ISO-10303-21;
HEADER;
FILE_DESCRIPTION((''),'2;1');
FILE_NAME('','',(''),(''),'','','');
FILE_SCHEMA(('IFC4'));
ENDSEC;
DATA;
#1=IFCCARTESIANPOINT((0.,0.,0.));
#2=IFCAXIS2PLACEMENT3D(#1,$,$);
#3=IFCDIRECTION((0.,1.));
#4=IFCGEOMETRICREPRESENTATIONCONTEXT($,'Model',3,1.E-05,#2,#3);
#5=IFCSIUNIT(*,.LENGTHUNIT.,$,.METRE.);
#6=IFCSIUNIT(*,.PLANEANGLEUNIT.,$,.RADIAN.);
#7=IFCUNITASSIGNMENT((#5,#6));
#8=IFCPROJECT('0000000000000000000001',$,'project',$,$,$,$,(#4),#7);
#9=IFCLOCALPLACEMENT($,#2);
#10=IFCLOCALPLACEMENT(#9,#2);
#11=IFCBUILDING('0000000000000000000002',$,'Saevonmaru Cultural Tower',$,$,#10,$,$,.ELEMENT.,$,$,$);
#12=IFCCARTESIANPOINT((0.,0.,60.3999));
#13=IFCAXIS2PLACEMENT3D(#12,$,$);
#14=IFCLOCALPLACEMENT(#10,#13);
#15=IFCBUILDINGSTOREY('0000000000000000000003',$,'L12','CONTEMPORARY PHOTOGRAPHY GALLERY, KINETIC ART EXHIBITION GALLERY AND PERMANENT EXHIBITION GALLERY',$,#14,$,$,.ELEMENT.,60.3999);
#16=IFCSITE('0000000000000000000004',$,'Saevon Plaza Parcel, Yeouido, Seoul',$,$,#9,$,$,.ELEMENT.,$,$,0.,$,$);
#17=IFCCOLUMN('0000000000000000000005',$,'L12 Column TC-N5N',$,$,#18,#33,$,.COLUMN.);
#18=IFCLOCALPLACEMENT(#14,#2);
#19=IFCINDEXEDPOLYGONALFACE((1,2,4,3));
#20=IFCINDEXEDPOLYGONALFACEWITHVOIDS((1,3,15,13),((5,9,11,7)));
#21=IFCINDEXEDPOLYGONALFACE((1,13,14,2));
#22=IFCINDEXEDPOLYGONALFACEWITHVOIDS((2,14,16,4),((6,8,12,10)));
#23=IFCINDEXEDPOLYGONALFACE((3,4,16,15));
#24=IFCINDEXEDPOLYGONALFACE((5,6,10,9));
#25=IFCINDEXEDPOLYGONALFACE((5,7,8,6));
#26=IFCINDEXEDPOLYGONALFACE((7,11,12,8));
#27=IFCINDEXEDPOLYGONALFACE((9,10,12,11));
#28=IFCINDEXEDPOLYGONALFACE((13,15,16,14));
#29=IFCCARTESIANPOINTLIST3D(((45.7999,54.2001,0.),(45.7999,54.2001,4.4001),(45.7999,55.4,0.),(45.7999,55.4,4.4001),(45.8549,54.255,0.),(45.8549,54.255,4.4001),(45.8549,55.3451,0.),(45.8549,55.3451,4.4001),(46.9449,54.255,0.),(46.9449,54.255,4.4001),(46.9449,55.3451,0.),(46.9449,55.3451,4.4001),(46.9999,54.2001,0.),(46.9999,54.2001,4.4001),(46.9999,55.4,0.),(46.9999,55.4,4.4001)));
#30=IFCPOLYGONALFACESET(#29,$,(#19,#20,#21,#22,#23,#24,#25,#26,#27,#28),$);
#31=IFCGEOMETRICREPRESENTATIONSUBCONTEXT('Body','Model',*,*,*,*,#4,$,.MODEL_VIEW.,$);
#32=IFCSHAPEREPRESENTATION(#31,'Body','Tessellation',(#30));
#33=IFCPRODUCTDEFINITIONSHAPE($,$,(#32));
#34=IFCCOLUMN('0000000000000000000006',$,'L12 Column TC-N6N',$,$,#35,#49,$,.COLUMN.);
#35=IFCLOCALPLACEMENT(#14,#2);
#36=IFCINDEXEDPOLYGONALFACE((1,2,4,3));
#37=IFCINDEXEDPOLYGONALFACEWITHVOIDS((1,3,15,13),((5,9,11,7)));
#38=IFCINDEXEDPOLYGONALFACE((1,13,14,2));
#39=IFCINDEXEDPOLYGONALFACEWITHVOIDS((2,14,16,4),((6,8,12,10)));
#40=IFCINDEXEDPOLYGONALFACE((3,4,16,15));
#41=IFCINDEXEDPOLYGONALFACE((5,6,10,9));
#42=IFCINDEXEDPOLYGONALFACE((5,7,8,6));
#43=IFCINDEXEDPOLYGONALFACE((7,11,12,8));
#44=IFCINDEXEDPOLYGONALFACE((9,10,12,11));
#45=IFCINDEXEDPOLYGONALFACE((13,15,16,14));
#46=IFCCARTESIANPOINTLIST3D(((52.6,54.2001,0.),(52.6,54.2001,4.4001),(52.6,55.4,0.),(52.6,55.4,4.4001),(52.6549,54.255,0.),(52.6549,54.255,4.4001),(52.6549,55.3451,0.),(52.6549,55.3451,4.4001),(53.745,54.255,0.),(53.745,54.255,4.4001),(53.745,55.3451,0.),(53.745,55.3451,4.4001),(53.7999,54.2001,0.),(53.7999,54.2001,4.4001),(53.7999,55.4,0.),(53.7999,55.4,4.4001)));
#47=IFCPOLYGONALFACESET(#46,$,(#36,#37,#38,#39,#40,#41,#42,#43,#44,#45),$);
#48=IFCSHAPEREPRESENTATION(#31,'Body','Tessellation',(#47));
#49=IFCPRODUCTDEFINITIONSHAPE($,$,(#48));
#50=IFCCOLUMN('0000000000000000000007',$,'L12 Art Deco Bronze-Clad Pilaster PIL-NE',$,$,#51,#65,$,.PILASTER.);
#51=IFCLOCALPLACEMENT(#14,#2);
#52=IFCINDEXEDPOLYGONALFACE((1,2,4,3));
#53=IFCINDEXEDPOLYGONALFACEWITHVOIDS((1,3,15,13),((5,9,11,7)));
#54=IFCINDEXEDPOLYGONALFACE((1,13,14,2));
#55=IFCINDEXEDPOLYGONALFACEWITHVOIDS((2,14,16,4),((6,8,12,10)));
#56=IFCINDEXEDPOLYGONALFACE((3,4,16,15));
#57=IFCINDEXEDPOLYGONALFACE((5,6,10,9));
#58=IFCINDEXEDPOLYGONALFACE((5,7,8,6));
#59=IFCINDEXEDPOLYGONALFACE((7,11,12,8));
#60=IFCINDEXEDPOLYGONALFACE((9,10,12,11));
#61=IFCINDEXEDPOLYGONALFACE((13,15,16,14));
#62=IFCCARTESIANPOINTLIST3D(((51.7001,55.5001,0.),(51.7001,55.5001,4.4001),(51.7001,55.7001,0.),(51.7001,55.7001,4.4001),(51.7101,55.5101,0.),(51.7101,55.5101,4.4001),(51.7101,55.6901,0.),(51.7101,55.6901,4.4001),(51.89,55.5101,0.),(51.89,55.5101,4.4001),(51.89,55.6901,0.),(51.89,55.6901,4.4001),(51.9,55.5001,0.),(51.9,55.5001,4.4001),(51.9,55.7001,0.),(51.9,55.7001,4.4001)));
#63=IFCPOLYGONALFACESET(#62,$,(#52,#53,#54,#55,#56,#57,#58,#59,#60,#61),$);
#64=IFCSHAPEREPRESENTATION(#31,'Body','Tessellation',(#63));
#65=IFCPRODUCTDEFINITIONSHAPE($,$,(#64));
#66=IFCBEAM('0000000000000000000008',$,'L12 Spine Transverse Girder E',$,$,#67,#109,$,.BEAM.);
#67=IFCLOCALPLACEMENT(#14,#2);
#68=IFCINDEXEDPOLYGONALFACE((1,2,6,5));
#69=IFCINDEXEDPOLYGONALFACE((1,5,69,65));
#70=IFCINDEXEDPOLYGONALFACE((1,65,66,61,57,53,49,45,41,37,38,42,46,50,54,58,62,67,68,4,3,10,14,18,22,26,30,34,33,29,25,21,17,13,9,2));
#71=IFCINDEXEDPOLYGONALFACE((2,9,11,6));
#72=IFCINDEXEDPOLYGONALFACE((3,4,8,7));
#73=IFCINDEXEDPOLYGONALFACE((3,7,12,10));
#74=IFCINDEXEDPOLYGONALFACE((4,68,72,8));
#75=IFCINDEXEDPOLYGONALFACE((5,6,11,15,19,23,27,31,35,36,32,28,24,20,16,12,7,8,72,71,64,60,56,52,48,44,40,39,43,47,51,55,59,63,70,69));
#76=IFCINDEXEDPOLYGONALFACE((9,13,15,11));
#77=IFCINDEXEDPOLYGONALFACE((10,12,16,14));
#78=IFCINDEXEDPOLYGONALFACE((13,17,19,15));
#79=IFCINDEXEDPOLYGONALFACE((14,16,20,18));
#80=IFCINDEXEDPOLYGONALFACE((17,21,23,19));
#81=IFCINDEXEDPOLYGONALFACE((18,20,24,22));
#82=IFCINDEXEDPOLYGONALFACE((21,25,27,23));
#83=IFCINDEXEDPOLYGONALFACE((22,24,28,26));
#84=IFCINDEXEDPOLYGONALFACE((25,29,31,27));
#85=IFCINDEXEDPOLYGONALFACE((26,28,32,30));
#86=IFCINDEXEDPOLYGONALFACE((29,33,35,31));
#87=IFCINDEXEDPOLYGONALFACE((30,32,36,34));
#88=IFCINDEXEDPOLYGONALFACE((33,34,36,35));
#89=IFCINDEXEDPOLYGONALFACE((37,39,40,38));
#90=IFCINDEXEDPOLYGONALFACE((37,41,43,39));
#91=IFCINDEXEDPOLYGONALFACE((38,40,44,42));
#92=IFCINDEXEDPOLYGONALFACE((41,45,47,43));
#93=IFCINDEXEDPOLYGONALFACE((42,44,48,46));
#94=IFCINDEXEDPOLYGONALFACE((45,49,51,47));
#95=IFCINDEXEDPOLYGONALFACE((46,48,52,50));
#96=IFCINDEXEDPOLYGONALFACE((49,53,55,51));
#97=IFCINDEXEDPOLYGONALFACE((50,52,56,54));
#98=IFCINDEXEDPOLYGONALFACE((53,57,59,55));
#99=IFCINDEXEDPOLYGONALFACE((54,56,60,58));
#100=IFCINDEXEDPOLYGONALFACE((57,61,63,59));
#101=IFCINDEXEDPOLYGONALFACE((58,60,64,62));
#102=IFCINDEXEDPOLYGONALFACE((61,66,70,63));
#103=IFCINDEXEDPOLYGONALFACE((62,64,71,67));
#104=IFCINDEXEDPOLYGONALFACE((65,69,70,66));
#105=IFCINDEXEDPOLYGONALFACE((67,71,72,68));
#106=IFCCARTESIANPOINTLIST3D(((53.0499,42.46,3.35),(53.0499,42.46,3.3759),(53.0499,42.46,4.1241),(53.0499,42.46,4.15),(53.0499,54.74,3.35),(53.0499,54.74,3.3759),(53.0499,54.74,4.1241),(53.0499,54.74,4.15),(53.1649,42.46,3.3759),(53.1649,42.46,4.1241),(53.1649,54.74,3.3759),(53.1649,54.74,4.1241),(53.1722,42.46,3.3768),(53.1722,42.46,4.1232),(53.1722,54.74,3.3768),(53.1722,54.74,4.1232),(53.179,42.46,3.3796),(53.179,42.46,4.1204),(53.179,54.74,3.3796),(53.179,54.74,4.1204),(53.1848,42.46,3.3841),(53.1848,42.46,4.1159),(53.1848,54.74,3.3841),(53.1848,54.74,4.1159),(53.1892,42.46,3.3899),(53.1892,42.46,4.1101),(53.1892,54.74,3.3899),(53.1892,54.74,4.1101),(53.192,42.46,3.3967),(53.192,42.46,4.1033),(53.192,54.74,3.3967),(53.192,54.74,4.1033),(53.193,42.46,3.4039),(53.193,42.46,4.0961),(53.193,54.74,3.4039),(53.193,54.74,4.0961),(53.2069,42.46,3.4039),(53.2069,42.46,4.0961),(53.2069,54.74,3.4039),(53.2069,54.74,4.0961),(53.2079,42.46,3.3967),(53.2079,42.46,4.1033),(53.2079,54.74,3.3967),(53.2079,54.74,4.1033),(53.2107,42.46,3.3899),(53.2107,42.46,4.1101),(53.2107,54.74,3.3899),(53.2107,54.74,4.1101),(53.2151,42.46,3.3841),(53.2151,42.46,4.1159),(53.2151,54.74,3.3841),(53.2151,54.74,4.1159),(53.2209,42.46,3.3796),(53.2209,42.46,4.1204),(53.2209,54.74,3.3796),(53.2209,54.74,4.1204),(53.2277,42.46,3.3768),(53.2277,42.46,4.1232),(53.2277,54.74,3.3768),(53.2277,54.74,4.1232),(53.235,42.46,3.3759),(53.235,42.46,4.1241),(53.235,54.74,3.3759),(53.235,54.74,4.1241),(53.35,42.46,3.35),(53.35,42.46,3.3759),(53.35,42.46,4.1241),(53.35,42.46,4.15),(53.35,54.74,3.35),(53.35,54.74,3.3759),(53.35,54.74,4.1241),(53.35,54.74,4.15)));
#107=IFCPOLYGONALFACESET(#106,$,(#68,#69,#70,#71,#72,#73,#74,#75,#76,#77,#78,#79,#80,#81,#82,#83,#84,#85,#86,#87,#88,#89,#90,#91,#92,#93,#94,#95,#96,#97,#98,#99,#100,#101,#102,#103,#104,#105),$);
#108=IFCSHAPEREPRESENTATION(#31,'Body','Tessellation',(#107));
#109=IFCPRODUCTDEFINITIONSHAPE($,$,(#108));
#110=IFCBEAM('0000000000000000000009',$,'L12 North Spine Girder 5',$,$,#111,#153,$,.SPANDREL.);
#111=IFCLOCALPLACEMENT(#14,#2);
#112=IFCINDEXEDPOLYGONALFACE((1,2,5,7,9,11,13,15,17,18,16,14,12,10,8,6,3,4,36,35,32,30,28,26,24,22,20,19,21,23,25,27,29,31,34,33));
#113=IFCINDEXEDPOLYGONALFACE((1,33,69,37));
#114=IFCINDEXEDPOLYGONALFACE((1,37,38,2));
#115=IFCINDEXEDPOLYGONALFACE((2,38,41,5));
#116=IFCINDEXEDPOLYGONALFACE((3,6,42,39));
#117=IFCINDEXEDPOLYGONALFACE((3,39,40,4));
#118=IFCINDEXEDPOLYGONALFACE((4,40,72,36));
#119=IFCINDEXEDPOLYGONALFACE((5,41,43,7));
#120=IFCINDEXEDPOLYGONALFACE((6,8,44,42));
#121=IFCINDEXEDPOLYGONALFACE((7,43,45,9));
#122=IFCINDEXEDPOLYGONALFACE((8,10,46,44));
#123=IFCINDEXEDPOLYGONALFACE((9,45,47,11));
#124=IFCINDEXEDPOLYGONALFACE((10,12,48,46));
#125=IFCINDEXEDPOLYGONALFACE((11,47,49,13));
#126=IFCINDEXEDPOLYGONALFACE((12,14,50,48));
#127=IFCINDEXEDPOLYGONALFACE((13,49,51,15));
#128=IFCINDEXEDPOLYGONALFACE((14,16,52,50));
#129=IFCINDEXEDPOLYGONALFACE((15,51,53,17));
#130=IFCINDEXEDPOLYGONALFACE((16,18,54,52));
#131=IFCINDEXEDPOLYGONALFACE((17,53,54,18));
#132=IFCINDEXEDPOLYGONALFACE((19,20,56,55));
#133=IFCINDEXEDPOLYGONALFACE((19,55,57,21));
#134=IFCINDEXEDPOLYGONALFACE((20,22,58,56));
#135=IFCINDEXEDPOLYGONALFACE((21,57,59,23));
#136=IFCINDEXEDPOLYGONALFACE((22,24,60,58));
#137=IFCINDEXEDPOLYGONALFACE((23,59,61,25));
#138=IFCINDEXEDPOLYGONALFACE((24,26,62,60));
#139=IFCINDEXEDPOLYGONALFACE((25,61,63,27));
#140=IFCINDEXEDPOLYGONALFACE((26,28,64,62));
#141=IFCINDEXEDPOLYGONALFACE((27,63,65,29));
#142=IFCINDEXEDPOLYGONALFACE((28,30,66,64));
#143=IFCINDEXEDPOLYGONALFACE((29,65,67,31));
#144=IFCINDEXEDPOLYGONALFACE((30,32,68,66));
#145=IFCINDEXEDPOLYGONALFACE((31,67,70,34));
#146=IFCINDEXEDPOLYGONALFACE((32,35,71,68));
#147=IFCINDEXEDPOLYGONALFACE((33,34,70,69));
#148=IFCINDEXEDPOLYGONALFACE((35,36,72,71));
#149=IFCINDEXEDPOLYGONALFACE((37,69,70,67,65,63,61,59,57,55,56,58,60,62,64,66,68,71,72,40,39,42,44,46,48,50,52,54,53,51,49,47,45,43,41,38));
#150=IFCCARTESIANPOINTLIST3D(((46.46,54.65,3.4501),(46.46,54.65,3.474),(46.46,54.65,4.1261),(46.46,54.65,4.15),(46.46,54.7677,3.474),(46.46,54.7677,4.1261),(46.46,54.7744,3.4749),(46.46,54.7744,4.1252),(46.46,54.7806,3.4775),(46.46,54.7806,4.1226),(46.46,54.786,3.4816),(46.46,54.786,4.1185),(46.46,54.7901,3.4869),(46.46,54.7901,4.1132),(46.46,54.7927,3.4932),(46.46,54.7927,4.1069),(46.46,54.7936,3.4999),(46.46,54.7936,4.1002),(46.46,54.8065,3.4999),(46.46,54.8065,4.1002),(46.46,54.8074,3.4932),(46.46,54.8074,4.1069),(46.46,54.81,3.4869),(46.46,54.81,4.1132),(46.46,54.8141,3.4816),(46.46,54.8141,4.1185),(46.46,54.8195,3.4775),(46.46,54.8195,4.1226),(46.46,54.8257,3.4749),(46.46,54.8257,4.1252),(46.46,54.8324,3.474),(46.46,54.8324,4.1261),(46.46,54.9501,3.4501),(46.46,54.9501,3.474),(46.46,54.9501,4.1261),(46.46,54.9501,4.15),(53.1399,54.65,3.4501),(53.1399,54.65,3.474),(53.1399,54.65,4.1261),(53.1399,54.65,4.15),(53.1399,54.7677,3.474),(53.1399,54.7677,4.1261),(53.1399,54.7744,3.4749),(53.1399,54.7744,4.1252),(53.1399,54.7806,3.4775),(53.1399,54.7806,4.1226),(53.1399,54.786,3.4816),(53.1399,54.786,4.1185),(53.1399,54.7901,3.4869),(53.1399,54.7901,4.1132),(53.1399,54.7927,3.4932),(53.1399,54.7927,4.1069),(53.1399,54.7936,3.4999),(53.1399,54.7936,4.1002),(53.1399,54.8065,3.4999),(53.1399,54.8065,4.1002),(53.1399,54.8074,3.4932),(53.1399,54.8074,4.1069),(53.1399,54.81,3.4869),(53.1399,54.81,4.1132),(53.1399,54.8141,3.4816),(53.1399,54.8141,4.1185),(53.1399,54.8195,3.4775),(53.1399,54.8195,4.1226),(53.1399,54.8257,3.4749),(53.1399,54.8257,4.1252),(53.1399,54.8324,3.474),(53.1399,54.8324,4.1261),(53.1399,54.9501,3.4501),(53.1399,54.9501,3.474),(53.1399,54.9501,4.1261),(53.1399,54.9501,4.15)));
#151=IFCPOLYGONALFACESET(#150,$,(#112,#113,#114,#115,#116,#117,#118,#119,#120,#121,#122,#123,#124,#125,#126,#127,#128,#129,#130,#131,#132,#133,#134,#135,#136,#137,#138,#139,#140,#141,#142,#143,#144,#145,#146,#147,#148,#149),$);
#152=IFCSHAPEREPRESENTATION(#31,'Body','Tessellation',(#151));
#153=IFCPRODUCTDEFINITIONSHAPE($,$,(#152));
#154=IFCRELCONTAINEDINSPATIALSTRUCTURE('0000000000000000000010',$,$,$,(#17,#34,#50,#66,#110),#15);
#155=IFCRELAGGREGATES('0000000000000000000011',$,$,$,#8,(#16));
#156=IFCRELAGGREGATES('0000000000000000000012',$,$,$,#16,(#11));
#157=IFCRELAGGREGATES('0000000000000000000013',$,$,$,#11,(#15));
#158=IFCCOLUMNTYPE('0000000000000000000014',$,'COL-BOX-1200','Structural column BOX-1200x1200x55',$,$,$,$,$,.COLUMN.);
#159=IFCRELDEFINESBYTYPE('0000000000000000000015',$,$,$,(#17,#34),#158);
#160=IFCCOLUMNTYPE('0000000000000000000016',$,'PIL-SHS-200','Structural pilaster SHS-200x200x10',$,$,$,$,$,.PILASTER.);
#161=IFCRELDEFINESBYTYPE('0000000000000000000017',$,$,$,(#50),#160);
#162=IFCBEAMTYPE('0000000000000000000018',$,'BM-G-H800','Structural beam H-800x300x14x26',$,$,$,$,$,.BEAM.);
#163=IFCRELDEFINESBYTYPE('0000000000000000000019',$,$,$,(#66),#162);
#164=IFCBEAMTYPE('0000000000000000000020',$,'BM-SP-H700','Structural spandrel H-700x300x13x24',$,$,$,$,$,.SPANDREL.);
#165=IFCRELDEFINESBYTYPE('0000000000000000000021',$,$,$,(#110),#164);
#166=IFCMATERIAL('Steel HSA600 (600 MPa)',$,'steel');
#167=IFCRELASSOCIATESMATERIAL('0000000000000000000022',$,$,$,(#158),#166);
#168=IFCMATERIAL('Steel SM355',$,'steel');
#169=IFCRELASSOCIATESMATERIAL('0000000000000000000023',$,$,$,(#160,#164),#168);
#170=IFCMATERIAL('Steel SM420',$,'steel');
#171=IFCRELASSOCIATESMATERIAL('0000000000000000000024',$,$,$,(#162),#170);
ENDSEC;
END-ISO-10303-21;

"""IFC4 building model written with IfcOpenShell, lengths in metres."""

from ifc_helpers import new_model, si_unit, direction, frame, origin, origin_2d, place, context, subcontext, project, spatial, hollow_rectangle, i_section, extrude, material, material_profile, profile_set, type_object, element, save


model = new_model("IFC4")

# Units and contexts
model_context = context("Model", 3, precision=1e-05, world=origin(), true_north=direction((0.0, 1.0)))
body_context = subcontext(model_context, "Body", "Model", "MODEL_VIEW")
ifc_project = project(units=[si_unit("LENGTHUNIT", "METRE"), si_unit("PLANEANGLEUNIT", "RADIAN")], contexts=[model_context])

# Site, building, storey
site_placement = place(None, origin())
site = spatial("IfcSite", under=ifc_project, at=site_placement, Name="Saevon Plaza Parcel, Yeouido, Seoul", CompositionType="ELEMENT", RefElevation=0.0)
building_placement = place(site_placement, origin())
building = spatial("IfcBuilding", under=site, at=building_placement, Name="Saevonmaru Cultural Tower", CompositionType="ELEMENT")
storey_placement = place(building_placement, frame((0.0, 0.0, 60.3999)))
storey = spatial("IfcBuildingStorey", under=building, at=storey_placement, Name="L12", Description="CONTEMPORARY PHOTOGRAPHY GALLERY, KINETIC ART EXHIBITION GALLERY AND PERMANENT EXHIBITION GALLERY", CompositionType="ELEMENT", Elevation=60.3999)

# Columns
ifc_material_1 = material(Name="Steel HSA600 (600 MPa)", Category="steel")
ifc_material_profile_1 = material_profile(ifc_material_1, hollow_rectangle(XDim=1.2, YDim=1.2, WallThickness=0.0549, at=origin_2d()), Name="BOX-1200x1200x55")
ifc_profile_set_1 = profile_set([ifc_material_profile_1], Name="Steel HSA600 (600 MPa)")
column_type_1 = type_object("IfcColumnType", Name="COL-BOX-1200", Description="Structural column BOX-1200x1200x55", PredefinedType="COLUMN", material=ifc_profile_set_1)
for number, where, z_axis, x_axis, name in (
    (1, (46.3999, 54.8, 0.0), (0.0, 0.0, 1.0), (1.0, 0.0, 0.0), "L12 Column TC-N5N"),
    (2, (53.2, 54.8, 0.0), (0.0, 0.0, 1.0), (1.0, 0.0, 0.0), "L12 Column TC-N6N"),
):
    element("IfcColumn", number, at=place(storey_placement, frame(where, z_axis=z_axis, x_axis=x_axis)), inside=storey, type_object=column_type_1, Name=name, PredefinedType="COLUMN", context=body_context, shape_type="SweptSolid", body=[
        extrude(hollow_rectangle(XDim=1.2, YDim=1.2, WallThickness=0.0549, at=origin_2d()), origin(), (0.0, 0.0, 1.0), 4.4001),
    ])
ifc_material_2 = material(Name="Steel SM355", Category="steel")
ifc_material_profile_2 = material_profile(ifc_material_2, hollow_rectangle(XDim=0.2, YDim=0.2, WallThickness=0.01, at=origin_2d()), Name="SHS-200x200x10")
ifc_profile_set_2 = profile_set([ifc_material_profile_2], Name="Steel SM355")
column_type_2 = type_object("IfcColumnType", Name="PIL-SHS-200", Description="Structural pilaster SHS-200x200x10", PredefinedType="PILASTER", material=ifc_profile_set_2)
column_placement = place(storey_placement, frame((51.8, 55.6001, 0.0), z_axis=(0.0, 0.0, 1.0), x_axis=(1.0, 0.0, 0.0)))
element("IfcColumn", 3, at=column_placement, inside=storey, type_object=column_type_2, Name="L12 Art Deco Bronze-Clad Pilaster PIL-NE", PredefinedType="PILASTER", context=body_context, shape_type="SweptSolid", body=[
    extrude(hollow_rectangle(XDim=0.2, YDim=0.2, WallThickness=0.01, at=origin_2d()), origin(), (0.0, 0.0, 1.0), 4.4001),
])

# Beams
ifc_material_3 = material(Name="Steel SM420", Category="steel")
ifc_material_profile_3 = material_profile(ifc_material_3, i_section(OverallWidth=0.3, OverallDepth=0.8, WebThickness=0.0139, FlangeThickness=0.0259, FilletRadius=0.0281, at=origin_2d()), Name="H-800x300x14x26")
ifc_profile_set_3 = profile_set([ifc_material_profile_3], Name="Steel SM420")
beam_type_1 = type_object("IfcBeamType", Name="BM-G-H800", Description="Structural beam H-800x300x14x26", PredefinedType="BEAM", material=ifc_profile_set_3)
beam_1_placement = place(storey_placement, frame((53.2, 54.74, 3.75), z_axis=(0.0, -1.0, 0.0), x_axis=(1.0, 0.0, 0.0)))
element("IfcBeam", 4, at=beam_1_placement, inside=storey, type_object=beam_type_1, Name="L12 Spine Transverse Girder E", PredefinedType="BEAM", context=body_context, shape_type="SweptSolid", body=[
    extrude(i_section(OverallWidth=0.3, OverallDepth=0.8, WebThickness=0.0139, FlangeThickness=0.0259, FilletRadius=0.0281, at=origin_2d()), origin(), (0.0, 0.0, 1.0), 12.28),
])
ifc_material_profile_4 = material_profile(ifc_material_2, i_section(OverallWidth=0.3, OverallDepth=0.7, WebThickness=0.0129, FlangeThickness=0.0239, FilletRadius=0.0259, at=origin_2d()), Name="H-700x300x13x24")
ifc_profile_set_4 = profile_set([ifc_material_profile_4], Name="Steel SM355")
beam_type_2 = type_object("IfcBeamType", Name="BM-SP-H700", Description="Structural spandrel H-700x300x13x24", PredefinedType="SPANDREL", material=ifc_profile_set_4)
beam_2_placement = place(storey_placement, frame((46.46, 54.8, 3.8), z_axis=(1.0, 0.0, 0.0), x_axis=(0.0, 1.0, 0.0)))
element("IfcBeam", 5, at=beam_2_placement, inside=storey, type_object=beam_type_2, Name="L12 North Spine Girder 5", PredefinedType="SPANDREL", context=body_context, shape_type="SweptSolid", body=[
    extrude(i_section(OverallWidth=0.3, OverallDepth=0.7, WebThickness=0.0129, FlangeThickness=0.0239, FilletRadius=0.0259, at=origin_2d()), origin(), (0.0, 0.0, 1.0), 6.6799),
])

save(model, "model.ifc")
